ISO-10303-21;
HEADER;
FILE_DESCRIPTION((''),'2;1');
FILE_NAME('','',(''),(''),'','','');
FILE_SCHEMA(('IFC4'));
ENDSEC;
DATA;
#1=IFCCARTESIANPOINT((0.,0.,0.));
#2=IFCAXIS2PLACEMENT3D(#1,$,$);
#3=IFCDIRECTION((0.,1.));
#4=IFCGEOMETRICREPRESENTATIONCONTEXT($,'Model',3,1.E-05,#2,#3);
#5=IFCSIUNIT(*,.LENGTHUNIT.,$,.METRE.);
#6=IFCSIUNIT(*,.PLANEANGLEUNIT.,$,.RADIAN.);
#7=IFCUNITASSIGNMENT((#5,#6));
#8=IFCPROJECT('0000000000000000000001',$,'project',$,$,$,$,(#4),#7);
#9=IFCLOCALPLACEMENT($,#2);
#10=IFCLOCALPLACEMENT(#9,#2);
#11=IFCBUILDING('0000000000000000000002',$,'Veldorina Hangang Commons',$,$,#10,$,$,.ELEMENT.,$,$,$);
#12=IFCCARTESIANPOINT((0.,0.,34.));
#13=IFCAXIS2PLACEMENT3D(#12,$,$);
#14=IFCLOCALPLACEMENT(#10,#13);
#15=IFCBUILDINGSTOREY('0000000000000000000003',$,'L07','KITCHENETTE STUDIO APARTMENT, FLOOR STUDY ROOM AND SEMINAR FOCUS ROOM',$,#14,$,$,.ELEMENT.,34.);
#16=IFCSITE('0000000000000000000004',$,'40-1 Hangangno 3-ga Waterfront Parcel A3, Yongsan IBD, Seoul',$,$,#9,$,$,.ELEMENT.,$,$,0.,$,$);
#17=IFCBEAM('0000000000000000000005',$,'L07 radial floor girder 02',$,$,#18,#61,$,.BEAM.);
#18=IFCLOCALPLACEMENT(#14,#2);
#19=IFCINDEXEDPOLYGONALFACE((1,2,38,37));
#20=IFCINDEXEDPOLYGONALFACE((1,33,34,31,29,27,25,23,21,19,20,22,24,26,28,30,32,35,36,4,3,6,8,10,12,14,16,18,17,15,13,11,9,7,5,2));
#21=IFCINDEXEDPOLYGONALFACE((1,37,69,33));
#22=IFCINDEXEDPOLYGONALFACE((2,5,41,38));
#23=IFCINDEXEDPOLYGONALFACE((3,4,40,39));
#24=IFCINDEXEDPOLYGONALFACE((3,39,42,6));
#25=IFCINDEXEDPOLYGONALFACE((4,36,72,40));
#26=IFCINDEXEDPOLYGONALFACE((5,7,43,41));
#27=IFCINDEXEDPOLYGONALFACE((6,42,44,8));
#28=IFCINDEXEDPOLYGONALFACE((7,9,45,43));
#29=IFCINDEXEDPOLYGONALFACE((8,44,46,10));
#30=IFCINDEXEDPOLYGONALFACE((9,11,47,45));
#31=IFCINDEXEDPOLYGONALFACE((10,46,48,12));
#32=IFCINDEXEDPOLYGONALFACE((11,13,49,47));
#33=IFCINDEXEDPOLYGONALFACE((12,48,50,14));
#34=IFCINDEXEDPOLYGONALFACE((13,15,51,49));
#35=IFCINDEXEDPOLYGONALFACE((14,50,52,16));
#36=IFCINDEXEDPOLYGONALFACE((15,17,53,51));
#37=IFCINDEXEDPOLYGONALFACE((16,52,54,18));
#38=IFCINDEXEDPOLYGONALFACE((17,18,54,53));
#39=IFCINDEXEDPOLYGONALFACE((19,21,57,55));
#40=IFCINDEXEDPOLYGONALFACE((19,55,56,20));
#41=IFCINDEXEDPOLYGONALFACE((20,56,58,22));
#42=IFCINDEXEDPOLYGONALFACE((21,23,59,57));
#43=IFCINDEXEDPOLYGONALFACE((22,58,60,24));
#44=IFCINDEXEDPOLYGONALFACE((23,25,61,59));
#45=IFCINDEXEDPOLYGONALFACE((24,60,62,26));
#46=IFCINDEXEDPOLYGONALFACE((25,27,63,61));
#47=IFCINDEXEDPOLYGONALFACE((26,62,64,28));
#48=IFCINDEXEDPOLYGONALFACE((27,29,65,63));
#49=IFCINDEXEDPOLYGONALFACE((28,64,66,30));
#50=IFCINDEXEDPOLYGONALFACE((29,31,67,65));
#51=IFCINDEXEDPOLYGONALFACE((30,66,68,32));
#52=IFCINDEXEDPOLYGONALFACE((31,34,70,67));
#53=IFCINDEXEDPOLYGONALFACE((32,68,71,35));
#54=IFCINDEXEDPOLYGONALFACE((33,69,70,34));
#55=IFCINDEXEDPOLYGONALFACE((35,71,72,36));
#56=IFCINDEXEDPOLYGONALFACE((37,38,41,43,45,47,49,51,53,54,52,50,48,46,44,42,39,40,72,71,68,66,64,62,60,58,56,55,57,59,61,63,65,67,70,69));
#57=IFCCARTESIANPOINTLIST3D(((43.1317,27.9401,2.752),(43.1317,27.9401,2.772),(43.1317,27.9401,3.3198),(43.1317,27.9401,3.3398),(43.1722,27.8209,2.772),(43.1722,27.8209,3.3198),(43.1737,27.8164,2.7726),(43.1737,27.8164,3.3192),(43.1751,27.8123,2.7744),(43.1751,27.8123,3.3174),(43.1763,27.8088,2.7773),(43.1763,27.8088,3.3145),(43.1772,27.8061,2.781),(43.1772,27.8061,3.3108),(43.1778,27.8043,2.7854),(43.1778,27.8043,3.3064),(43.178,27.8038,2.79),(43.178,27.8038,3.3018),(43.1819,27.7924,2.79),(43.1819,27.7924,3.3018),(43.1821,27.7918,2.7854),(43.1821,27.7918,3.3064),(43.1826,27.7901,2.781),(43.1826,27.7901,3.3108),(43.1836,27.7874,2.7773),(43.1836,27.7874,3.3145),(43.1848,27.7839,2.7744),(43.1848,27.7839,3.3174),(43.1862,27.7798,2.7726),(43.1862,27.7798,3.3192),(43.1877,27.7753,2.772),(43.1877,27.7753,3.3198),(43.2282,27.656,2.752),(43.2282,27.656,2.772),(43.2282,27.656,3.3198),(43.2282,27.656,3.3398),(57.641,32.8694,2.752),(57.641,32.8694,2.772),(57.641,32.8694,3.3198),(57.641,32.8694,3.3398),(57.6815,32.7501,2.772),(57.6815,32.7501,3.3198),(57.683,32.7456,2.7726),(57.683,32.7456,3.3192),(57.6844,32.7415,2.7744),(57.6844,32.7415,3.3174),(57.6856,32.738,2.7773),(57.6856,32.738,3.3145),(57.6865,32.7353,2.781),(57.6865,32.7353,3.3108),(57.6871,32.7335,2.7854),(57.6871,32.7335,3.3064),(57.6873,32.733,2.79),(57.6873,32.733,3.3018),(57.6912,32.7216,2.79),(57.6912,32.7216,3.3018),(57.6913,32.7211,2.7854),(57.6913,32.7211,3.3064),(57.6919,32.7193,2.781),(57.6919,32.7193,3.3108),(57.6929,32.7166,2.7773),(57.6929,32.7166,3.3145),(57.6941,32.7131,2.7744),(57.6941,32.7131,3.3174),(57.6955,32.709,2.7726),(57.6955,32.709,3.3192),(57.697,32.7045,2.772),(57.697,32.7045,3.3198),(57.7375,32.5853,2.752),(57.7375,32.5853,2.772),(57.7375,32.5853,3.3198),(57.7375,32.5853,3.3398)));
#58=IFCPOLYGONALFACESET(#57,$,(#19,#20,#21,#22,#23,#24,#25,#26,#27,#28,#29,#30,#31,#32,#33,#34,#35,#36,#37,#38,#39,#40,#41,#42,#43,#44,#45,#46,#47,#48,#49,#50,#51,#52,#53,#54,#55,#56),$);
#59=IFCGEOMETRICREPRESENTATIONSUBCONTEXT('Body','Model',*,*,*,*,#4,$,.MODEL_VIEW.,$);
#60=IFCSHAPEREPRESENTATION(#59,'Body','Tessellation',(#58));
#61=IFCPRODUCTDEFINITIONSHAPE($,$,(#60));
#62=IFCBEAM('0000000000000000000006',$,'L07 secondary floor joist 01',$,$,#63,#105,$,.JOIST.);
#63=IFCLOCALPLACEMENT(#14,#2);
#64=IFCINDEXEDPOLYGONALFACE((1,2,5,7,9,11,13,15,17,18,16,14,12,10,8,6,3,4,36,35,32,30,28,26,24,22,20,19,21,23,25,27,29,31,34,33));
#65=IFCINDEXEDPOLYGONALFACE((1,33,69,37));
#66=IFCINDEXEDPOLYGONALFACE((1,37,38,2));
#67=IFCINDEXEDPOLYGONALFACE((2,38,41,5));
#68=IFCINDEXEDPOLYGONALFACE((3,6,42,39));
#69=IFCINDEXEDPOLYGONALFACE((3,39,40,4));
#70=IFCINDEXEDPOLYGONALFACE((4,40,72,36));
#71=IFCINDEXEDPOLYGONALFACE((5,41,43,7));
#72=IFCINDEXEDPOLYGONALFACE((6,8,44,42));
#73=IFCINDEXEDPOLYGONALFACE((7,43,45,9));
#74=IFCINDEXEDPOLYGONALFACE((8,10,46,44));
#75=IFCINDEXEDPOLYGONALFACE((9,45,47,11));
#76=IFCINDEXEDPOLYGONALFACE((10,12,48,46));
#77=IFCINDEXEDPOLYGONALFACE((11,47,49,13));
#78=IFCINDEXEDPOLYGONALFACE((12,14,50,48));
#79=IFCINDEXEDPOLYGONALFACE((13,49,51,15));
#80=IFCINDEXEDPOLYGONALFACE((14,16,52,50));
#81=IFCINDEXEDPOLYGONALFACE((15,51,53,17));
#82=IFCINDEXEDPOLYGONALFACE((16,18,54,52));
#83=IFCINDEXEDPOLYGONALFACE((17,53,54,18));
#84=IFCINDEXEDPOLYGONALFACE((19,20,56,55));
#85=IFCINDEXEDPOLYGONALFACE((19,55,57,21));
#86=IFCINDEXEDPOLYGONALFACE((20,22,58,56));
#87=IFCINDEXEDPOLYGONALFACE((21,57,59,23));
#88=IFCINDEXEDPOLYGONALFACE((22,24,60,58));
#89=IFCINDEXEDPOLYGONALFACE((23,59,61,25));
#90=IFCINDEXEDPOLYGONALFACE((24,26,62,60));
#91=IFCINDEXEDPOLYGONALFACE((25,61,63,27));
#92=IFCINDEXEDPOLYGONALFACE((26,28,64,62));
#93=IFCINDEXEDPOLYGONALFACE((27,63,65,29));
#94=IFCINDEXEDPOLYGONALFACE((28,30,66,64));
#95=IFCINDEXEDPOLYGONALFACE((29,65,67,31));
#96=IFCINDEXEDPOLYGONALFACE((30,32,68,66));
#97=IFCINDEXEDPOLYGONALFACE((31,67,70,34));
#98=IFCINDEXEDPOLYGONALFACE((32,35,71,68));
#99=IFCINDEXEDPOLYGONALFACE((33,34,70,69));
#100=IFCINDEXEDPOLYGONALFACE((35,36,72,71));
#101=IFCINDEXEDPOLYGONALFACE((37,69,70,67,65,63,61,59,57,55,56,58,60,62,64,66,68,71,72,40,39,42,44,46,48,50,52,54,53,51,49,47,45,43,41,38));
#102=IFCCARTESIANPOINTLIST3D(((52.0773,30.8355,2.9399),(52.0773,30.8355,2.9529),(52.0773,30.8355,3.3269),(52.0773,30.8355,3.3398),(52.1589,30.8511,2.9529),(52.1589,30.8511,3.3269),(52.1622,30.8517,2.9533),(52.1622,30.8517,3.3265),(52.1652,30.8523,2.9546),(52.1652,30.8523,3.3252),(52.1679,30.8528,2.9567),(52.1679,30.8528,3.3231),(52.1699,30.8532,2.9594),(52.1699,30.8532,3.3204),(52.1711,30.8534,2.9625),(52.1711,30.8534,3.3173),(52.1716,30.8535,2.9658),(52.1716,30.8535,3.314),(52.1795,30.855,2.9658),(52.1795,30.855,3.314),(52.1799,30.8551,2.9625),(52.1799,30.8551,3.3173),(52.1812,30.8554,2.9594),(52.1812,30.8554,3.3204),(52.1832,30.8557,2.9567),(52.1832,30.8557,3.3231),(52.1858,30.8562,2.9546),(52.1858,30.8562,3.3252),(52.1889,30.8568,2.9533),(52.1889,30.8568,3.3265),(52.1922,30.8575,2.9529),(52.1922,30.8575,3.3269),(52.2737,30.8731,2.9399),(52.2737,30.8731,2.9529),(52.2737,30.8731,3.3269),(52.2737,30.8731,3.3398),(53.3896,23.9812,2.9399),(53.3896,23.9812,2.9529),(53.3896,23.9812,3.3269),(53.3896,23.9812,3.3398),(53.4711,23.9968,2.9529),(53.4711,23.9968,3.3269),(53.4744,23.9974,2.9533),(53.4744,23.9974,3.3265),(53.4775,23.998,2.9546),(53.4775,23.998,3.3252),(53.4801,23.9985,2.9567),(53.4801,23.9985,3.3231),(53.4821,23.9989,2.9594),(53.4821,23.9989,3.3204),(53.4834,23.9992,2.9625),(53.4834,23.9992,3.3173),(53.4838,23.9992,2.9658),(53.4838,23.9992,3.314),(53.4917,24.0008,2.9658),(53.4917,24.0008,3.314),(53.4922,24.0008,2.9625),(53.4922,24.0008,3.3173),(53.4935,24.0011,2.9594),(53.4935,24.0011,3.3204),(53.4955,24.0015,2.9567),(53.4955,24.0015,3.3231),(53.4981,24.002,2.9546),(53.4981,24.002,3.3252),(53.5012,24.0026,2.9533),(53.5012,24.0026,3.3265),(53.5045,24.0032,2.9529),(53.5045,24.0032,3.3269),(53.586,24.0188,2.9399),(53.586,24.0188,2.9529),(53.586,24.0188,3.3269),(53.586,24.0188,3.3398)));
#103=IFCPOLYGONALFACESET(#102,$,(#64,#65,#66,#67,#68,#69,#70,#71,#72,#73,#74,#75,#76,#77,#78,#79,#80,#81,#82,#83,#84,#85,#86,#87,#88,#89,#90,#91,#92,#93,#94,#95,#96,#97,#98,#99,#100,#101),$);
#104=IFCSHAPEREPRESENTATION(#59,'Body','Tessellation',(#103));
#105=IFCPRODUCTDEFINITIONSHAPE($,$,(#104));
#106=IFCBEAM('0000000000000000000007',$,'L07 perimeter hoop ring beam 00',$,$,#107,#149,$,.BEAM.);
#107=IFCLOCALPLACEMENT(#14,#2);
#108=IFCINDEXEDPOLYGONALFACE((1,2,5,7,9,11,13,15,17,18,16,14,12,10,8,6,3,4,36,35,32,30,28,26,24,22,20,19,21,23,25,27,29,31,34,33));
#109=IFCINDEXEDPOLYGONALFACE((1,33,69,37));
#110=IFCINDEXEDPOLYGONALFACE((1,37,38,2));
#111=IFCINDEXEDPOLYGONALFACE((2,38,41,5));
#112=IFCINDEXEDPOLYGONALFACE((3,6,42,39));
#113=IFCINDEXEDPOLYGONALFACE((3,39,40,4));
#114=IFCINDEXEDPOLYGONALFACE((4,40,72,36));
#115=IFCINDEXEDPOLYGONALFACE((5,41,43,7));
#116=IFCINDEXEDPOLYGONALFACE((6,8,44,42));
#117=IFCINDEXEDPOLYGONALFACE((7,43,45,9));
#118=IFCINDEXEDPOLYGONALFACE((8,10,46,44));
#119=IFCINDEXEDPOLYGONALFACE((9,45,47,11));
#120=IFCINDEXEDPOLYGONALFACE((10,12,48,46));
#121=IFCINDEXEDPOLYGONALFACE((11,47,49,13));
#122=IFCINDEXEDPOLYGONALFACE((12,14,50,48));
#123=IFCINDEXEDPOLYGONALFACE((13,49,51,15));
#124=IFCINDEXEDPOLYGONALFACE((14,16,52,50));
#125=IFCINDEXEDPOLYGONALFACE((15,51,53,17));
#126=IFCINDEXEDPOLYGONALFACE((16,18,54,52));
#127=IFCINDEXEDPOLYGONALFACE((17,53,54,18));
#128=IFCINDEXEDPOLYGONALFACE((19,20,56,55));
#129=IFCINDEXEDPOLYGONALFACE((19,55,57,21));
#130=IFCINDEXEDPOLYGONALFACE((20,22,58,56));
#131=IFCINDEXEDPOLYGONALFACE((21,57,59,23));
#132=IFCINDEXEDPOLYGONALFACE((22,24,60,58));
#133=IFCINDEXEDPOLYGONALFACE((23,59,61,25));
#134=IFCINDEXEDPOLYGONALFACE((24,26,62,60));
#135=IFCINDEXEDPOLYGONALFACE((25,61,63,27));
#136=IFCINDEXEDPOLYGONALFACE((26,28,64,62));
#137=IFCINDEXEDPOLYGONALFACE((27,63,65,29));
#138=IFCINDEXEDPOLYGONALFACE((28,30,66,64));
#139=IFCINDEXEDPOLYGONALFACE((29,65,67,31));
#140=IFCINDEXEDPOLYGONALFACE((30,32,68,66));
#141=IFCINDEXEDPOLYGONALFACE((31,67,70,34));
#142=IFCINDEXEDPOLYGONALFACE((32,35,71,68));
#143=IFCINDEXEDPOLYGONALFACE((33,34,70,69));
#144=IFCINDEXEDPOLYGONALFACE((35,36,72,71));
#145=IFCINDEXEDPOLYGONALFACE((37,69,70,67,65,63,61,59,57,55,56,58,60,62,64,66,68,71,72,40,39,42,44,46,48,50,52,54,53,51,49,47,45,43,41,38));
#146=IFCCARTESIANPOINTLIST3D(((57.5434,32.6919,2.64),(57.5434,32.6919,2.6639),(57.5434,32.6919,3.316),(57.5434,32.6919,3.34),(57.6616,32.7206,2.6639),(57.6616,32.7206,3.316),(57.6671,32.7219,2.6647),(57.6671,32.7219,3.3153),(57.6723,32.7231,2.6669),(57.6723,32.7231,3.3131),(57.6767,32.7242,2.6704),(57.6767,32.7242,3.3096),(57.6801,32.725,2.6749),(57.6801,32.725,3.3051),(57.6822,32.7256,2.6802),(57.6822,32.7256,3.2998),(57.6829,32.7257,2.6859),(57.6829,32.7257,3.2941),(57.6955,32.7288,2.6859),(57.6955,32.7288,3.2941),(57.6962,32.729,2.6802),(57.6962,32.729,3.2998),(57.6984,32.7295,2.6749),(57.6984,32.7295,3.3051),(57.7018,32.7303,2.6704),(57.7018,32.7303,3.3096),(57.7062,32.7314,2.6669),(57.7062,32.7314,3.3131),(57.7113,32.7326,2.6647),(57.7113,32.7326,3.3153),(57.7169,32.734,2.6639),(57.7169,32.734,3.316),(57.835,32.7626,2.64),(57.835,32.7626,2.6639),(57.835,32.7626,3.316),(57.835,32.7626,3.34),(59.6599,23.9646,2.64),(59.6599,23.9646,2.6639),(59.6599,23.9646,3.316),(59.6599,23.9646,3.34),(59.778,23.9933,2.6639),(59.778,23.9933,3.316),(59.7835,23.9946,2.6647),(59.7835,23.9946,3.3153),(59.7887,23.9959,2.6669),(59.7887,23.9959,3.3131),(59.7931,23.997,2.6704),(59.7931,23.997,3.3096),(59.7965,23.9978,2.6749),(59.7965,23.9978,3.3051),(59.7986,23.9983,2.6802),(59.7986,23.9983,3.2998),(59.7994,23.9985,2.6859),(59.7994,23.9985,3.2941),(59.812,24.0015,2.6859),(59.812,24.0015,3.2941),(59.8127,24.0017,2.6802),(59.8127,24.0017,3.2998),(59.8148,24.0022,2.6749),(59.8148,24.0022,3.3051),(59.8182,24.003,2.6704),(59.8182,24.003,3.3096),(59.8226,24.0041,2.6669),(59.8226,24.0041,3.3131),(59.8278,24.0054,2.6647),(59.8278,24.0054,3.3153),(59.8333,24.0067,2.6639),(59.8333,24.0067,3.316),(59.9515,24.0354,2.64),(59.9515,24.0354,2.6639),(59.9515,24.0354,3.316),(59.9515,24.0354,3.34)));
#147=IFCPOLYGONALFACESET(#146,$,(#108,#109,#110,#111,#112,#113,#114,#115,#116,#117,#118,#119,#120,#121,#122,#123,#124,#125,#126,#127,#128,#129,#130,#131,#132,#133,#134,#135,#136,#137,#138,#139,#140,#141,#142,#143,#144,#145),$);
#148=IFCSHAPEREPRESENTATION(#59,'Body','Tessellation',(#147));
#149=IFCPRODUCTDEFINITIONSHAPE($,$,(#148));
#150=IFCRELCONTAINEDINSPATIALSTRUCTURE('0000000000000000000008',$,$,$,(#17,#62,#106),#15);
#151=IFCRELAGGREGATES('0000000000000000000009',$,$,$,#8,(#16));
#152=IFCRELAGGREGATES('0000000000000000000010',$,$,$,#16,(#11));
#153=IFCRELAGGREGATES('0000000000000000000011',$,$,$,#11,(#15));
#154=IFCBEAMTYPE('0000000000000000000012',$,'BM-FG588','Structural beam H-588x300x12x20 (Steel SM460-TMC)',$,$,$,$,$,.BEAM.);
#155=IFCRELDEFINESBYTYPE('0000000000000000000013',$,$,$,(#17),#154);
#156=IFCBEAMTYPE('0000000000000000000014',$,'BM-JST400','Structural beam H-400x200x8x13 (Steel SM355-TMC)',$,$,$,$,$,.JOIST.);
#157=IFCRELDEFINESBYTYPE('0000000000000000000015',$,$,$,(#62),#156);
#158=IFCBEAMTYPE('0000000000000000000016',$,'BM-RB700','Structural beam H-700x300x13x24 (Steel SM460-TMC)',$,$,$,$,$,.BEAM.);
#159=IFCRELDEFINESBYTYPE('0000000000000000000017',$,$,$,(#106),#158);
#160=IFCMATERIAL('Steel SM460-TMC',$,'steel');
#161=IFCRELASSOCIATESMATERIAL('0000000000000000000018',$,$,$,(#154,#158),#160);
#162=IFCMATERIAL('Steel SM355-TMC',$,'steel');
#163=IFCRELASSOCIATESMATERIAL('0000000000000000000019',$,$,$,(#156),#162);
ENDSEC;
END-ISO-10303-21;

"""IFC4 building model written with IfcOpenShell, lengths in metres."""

from ifc_helpers import new_model, si_unit, direction, frame, origin, origin_2d, place, context, subcontext, project, spatial, i_section, extrude, material, material_profile, profile_set, type_object, element, save


model = new_model("IFC4")

# Units and contexts
model_context = context("Model", 3, precision=1e-05, world=origin(), true_north=direction((0.0, 1.0)))
body_context = subcontext(model_context, "Body", "Model", "MODEL_VIEW")
ifc_project = project(units=[si_unit("LENGTHUNIT", "METRE"), si_unit("PLANEANGLEUNIT", "RADIAN")], contexts=[model_context])

# Site, building, storey
site_placement = place(None, origin())
site = spatial("IfcSite", under=ifc_project, at=site_placement, Name="40-1 Hangangno 3-ga Waterfront Parcel A3, Yongsan IBD, Seoul", CompositionType="ELEMENT", RefElevation=0.0)
building_placement = place(site_placement, origin())
building = spatial("IfcBuilding", under=site, at=building_placement, Name="Veldorina Hangang Commons", CompositionType="ELEMENT")
storey_placement = place(building_placement, frame((0.0, 0.0, 34.0)))
storey = spatial("IfcBuildingStorey", under=building, at=storey_placement, Name="L07", Description="KITCHENETTE STUDIO APARTMENT, FLOOR STUDY ROOM AND SEMINAR FOCUS ROOM", CompositionType="ELEMENT", Elevation=34.0)

# Beams
ifc_material_1 = material(Name="Steel SM460-TMC", Category="steel")
ifc_material_profile_1 = material_profile(ifc_material_1, i_section(OverallWidth=0.3, OverallDepth=0.5879, WebThickness=0.012, FlangeThickness=0.02, FilletRadius=0.0181, at=origin_2d()), Name="H-588x300x12x20")
ifc_profile_set_1 = profile_set([ifc_material_profile_1], Name="Steel SM460-TMC")
beam_type_1 = type_object("IfcBeamType", Name="BM-FG588", Description="Structural beam H-588x300x12x20 (Steel SM460-TMC)", PredefinedType="BEAM", material=ifc_profile_set_1)
beam_1_placement = place(storey_placement, frame((43.1799, 27.7981, 3.0459), z_axis=(0.946851, 0.321671, 0.0), x_axis=(-0.321671, 0.946851, 0.0)))
element("IfcBeam", 1, at=beam_1_placement, inside=storey, type_object=beam_type_1, Name="L07 radial floor girder 02", PredefinedType="BEAM", context=body_context, shape_type="SweptSolid", body=[
    extrude(i_section(OverallWidth=0.3, OverallDepth=0.5879, WebThickness=0.012, FlangeThickness=0.02, FilletRadius=0.0181, at=origin_2d()), origin(), (0.0, 0.0, 1.0), 15.3237),
])
ifc_material_2 = material(Name="Steel SM355-TMC", Category="steel")
ifc_material_profile_2 = material_profile(ifc_material_2, i_section(OverallWidth=0.2, OverallDepth=0.3999, WebThickness=0.0081, FlangeThickness=0.0129, FilletRadius=0.0129, at=origin_2d()), Name="H-400x200x8x13")
ifc_profile_set_2 = profile_set([ifc_material_profile_2], Name="Steel SM355-TMC")
beam_type_2 = type_object("IfcBeamType", Name="BM-JST400", Description="Structural beam H-400x200x8x13 (Steel SM355-TMC)", PredefinedType="JOIST", material=ifc_profile_set_2)
beam_2_placement = place(storey_placement, frame((53.4878, 24.0, 3.1399), z_axis=(-0.188036, 0.982162, 0.0), x_axis=(-0.982162, -0.188036, 0.0)))
element("IfcBeam", 2, at=beam_2_placement, inside=storey, type_object=beam_type_2, Name="L07 secondary floor joist 01", PredefinedType="JOIST", context=body_context, shape_type="SweptSolid", body=[
    extrude(i_section(OverallWidth=0.2, OverallDepth=0.3999, WebThickness=0.0081, FlangeThickness=0.0129, FilletRadius=0.0129, at=origin_2d()), origin(), (0.0, 0.0, 1.0), 6.9788),
])
ifc_material_profile_3 = material_profile(ifc_material_1, i_section(OverallWidth=0.3, OverallDepth=0.7, WebThickness=0.0129, FlangeThickness=0.0239, FilletRadius=0.022, at=origin_2d()), Name="H-700x300x13x24")
ifc_profile_set_3 = profile_set([ifc_material_profile_3], Name="Steel SM460-TMC")
beam_type_3 = type_object("IfcBeamType", Name="BM-RB700", Description="Structural beam H-700x300x13x24 (Steel SM460-TMC)", PredefinedType="BEAM", material=ifc_profile_set_3)
beam_3_placement = place(storey_placement, frame((59.8057, 24.0, 2.99), z_axis=(-0.235679, 0.971831, 0.0), x_axis=(-0.971831, -0.235679, 0.0)))
element("IfcBeam", 3, at=beam_3_placement, inside=storey, type_object=beam_type_3, Name="L07 perimeter hoop ring beam 00", PredefinedType="BEAM", context=body_context, shape_type="SweptSolid", body=[
    extrude(i_section(OverallWidth=0.3, OverallDepth=0.7, WebThickness=0.0129, FlangeThickness=0.0239, FilletRadius=0.022, at=origin_2d()), origin(), (0.0, 0.0, 1.0), 8.9802),
])

save(model, "model.ifc")
